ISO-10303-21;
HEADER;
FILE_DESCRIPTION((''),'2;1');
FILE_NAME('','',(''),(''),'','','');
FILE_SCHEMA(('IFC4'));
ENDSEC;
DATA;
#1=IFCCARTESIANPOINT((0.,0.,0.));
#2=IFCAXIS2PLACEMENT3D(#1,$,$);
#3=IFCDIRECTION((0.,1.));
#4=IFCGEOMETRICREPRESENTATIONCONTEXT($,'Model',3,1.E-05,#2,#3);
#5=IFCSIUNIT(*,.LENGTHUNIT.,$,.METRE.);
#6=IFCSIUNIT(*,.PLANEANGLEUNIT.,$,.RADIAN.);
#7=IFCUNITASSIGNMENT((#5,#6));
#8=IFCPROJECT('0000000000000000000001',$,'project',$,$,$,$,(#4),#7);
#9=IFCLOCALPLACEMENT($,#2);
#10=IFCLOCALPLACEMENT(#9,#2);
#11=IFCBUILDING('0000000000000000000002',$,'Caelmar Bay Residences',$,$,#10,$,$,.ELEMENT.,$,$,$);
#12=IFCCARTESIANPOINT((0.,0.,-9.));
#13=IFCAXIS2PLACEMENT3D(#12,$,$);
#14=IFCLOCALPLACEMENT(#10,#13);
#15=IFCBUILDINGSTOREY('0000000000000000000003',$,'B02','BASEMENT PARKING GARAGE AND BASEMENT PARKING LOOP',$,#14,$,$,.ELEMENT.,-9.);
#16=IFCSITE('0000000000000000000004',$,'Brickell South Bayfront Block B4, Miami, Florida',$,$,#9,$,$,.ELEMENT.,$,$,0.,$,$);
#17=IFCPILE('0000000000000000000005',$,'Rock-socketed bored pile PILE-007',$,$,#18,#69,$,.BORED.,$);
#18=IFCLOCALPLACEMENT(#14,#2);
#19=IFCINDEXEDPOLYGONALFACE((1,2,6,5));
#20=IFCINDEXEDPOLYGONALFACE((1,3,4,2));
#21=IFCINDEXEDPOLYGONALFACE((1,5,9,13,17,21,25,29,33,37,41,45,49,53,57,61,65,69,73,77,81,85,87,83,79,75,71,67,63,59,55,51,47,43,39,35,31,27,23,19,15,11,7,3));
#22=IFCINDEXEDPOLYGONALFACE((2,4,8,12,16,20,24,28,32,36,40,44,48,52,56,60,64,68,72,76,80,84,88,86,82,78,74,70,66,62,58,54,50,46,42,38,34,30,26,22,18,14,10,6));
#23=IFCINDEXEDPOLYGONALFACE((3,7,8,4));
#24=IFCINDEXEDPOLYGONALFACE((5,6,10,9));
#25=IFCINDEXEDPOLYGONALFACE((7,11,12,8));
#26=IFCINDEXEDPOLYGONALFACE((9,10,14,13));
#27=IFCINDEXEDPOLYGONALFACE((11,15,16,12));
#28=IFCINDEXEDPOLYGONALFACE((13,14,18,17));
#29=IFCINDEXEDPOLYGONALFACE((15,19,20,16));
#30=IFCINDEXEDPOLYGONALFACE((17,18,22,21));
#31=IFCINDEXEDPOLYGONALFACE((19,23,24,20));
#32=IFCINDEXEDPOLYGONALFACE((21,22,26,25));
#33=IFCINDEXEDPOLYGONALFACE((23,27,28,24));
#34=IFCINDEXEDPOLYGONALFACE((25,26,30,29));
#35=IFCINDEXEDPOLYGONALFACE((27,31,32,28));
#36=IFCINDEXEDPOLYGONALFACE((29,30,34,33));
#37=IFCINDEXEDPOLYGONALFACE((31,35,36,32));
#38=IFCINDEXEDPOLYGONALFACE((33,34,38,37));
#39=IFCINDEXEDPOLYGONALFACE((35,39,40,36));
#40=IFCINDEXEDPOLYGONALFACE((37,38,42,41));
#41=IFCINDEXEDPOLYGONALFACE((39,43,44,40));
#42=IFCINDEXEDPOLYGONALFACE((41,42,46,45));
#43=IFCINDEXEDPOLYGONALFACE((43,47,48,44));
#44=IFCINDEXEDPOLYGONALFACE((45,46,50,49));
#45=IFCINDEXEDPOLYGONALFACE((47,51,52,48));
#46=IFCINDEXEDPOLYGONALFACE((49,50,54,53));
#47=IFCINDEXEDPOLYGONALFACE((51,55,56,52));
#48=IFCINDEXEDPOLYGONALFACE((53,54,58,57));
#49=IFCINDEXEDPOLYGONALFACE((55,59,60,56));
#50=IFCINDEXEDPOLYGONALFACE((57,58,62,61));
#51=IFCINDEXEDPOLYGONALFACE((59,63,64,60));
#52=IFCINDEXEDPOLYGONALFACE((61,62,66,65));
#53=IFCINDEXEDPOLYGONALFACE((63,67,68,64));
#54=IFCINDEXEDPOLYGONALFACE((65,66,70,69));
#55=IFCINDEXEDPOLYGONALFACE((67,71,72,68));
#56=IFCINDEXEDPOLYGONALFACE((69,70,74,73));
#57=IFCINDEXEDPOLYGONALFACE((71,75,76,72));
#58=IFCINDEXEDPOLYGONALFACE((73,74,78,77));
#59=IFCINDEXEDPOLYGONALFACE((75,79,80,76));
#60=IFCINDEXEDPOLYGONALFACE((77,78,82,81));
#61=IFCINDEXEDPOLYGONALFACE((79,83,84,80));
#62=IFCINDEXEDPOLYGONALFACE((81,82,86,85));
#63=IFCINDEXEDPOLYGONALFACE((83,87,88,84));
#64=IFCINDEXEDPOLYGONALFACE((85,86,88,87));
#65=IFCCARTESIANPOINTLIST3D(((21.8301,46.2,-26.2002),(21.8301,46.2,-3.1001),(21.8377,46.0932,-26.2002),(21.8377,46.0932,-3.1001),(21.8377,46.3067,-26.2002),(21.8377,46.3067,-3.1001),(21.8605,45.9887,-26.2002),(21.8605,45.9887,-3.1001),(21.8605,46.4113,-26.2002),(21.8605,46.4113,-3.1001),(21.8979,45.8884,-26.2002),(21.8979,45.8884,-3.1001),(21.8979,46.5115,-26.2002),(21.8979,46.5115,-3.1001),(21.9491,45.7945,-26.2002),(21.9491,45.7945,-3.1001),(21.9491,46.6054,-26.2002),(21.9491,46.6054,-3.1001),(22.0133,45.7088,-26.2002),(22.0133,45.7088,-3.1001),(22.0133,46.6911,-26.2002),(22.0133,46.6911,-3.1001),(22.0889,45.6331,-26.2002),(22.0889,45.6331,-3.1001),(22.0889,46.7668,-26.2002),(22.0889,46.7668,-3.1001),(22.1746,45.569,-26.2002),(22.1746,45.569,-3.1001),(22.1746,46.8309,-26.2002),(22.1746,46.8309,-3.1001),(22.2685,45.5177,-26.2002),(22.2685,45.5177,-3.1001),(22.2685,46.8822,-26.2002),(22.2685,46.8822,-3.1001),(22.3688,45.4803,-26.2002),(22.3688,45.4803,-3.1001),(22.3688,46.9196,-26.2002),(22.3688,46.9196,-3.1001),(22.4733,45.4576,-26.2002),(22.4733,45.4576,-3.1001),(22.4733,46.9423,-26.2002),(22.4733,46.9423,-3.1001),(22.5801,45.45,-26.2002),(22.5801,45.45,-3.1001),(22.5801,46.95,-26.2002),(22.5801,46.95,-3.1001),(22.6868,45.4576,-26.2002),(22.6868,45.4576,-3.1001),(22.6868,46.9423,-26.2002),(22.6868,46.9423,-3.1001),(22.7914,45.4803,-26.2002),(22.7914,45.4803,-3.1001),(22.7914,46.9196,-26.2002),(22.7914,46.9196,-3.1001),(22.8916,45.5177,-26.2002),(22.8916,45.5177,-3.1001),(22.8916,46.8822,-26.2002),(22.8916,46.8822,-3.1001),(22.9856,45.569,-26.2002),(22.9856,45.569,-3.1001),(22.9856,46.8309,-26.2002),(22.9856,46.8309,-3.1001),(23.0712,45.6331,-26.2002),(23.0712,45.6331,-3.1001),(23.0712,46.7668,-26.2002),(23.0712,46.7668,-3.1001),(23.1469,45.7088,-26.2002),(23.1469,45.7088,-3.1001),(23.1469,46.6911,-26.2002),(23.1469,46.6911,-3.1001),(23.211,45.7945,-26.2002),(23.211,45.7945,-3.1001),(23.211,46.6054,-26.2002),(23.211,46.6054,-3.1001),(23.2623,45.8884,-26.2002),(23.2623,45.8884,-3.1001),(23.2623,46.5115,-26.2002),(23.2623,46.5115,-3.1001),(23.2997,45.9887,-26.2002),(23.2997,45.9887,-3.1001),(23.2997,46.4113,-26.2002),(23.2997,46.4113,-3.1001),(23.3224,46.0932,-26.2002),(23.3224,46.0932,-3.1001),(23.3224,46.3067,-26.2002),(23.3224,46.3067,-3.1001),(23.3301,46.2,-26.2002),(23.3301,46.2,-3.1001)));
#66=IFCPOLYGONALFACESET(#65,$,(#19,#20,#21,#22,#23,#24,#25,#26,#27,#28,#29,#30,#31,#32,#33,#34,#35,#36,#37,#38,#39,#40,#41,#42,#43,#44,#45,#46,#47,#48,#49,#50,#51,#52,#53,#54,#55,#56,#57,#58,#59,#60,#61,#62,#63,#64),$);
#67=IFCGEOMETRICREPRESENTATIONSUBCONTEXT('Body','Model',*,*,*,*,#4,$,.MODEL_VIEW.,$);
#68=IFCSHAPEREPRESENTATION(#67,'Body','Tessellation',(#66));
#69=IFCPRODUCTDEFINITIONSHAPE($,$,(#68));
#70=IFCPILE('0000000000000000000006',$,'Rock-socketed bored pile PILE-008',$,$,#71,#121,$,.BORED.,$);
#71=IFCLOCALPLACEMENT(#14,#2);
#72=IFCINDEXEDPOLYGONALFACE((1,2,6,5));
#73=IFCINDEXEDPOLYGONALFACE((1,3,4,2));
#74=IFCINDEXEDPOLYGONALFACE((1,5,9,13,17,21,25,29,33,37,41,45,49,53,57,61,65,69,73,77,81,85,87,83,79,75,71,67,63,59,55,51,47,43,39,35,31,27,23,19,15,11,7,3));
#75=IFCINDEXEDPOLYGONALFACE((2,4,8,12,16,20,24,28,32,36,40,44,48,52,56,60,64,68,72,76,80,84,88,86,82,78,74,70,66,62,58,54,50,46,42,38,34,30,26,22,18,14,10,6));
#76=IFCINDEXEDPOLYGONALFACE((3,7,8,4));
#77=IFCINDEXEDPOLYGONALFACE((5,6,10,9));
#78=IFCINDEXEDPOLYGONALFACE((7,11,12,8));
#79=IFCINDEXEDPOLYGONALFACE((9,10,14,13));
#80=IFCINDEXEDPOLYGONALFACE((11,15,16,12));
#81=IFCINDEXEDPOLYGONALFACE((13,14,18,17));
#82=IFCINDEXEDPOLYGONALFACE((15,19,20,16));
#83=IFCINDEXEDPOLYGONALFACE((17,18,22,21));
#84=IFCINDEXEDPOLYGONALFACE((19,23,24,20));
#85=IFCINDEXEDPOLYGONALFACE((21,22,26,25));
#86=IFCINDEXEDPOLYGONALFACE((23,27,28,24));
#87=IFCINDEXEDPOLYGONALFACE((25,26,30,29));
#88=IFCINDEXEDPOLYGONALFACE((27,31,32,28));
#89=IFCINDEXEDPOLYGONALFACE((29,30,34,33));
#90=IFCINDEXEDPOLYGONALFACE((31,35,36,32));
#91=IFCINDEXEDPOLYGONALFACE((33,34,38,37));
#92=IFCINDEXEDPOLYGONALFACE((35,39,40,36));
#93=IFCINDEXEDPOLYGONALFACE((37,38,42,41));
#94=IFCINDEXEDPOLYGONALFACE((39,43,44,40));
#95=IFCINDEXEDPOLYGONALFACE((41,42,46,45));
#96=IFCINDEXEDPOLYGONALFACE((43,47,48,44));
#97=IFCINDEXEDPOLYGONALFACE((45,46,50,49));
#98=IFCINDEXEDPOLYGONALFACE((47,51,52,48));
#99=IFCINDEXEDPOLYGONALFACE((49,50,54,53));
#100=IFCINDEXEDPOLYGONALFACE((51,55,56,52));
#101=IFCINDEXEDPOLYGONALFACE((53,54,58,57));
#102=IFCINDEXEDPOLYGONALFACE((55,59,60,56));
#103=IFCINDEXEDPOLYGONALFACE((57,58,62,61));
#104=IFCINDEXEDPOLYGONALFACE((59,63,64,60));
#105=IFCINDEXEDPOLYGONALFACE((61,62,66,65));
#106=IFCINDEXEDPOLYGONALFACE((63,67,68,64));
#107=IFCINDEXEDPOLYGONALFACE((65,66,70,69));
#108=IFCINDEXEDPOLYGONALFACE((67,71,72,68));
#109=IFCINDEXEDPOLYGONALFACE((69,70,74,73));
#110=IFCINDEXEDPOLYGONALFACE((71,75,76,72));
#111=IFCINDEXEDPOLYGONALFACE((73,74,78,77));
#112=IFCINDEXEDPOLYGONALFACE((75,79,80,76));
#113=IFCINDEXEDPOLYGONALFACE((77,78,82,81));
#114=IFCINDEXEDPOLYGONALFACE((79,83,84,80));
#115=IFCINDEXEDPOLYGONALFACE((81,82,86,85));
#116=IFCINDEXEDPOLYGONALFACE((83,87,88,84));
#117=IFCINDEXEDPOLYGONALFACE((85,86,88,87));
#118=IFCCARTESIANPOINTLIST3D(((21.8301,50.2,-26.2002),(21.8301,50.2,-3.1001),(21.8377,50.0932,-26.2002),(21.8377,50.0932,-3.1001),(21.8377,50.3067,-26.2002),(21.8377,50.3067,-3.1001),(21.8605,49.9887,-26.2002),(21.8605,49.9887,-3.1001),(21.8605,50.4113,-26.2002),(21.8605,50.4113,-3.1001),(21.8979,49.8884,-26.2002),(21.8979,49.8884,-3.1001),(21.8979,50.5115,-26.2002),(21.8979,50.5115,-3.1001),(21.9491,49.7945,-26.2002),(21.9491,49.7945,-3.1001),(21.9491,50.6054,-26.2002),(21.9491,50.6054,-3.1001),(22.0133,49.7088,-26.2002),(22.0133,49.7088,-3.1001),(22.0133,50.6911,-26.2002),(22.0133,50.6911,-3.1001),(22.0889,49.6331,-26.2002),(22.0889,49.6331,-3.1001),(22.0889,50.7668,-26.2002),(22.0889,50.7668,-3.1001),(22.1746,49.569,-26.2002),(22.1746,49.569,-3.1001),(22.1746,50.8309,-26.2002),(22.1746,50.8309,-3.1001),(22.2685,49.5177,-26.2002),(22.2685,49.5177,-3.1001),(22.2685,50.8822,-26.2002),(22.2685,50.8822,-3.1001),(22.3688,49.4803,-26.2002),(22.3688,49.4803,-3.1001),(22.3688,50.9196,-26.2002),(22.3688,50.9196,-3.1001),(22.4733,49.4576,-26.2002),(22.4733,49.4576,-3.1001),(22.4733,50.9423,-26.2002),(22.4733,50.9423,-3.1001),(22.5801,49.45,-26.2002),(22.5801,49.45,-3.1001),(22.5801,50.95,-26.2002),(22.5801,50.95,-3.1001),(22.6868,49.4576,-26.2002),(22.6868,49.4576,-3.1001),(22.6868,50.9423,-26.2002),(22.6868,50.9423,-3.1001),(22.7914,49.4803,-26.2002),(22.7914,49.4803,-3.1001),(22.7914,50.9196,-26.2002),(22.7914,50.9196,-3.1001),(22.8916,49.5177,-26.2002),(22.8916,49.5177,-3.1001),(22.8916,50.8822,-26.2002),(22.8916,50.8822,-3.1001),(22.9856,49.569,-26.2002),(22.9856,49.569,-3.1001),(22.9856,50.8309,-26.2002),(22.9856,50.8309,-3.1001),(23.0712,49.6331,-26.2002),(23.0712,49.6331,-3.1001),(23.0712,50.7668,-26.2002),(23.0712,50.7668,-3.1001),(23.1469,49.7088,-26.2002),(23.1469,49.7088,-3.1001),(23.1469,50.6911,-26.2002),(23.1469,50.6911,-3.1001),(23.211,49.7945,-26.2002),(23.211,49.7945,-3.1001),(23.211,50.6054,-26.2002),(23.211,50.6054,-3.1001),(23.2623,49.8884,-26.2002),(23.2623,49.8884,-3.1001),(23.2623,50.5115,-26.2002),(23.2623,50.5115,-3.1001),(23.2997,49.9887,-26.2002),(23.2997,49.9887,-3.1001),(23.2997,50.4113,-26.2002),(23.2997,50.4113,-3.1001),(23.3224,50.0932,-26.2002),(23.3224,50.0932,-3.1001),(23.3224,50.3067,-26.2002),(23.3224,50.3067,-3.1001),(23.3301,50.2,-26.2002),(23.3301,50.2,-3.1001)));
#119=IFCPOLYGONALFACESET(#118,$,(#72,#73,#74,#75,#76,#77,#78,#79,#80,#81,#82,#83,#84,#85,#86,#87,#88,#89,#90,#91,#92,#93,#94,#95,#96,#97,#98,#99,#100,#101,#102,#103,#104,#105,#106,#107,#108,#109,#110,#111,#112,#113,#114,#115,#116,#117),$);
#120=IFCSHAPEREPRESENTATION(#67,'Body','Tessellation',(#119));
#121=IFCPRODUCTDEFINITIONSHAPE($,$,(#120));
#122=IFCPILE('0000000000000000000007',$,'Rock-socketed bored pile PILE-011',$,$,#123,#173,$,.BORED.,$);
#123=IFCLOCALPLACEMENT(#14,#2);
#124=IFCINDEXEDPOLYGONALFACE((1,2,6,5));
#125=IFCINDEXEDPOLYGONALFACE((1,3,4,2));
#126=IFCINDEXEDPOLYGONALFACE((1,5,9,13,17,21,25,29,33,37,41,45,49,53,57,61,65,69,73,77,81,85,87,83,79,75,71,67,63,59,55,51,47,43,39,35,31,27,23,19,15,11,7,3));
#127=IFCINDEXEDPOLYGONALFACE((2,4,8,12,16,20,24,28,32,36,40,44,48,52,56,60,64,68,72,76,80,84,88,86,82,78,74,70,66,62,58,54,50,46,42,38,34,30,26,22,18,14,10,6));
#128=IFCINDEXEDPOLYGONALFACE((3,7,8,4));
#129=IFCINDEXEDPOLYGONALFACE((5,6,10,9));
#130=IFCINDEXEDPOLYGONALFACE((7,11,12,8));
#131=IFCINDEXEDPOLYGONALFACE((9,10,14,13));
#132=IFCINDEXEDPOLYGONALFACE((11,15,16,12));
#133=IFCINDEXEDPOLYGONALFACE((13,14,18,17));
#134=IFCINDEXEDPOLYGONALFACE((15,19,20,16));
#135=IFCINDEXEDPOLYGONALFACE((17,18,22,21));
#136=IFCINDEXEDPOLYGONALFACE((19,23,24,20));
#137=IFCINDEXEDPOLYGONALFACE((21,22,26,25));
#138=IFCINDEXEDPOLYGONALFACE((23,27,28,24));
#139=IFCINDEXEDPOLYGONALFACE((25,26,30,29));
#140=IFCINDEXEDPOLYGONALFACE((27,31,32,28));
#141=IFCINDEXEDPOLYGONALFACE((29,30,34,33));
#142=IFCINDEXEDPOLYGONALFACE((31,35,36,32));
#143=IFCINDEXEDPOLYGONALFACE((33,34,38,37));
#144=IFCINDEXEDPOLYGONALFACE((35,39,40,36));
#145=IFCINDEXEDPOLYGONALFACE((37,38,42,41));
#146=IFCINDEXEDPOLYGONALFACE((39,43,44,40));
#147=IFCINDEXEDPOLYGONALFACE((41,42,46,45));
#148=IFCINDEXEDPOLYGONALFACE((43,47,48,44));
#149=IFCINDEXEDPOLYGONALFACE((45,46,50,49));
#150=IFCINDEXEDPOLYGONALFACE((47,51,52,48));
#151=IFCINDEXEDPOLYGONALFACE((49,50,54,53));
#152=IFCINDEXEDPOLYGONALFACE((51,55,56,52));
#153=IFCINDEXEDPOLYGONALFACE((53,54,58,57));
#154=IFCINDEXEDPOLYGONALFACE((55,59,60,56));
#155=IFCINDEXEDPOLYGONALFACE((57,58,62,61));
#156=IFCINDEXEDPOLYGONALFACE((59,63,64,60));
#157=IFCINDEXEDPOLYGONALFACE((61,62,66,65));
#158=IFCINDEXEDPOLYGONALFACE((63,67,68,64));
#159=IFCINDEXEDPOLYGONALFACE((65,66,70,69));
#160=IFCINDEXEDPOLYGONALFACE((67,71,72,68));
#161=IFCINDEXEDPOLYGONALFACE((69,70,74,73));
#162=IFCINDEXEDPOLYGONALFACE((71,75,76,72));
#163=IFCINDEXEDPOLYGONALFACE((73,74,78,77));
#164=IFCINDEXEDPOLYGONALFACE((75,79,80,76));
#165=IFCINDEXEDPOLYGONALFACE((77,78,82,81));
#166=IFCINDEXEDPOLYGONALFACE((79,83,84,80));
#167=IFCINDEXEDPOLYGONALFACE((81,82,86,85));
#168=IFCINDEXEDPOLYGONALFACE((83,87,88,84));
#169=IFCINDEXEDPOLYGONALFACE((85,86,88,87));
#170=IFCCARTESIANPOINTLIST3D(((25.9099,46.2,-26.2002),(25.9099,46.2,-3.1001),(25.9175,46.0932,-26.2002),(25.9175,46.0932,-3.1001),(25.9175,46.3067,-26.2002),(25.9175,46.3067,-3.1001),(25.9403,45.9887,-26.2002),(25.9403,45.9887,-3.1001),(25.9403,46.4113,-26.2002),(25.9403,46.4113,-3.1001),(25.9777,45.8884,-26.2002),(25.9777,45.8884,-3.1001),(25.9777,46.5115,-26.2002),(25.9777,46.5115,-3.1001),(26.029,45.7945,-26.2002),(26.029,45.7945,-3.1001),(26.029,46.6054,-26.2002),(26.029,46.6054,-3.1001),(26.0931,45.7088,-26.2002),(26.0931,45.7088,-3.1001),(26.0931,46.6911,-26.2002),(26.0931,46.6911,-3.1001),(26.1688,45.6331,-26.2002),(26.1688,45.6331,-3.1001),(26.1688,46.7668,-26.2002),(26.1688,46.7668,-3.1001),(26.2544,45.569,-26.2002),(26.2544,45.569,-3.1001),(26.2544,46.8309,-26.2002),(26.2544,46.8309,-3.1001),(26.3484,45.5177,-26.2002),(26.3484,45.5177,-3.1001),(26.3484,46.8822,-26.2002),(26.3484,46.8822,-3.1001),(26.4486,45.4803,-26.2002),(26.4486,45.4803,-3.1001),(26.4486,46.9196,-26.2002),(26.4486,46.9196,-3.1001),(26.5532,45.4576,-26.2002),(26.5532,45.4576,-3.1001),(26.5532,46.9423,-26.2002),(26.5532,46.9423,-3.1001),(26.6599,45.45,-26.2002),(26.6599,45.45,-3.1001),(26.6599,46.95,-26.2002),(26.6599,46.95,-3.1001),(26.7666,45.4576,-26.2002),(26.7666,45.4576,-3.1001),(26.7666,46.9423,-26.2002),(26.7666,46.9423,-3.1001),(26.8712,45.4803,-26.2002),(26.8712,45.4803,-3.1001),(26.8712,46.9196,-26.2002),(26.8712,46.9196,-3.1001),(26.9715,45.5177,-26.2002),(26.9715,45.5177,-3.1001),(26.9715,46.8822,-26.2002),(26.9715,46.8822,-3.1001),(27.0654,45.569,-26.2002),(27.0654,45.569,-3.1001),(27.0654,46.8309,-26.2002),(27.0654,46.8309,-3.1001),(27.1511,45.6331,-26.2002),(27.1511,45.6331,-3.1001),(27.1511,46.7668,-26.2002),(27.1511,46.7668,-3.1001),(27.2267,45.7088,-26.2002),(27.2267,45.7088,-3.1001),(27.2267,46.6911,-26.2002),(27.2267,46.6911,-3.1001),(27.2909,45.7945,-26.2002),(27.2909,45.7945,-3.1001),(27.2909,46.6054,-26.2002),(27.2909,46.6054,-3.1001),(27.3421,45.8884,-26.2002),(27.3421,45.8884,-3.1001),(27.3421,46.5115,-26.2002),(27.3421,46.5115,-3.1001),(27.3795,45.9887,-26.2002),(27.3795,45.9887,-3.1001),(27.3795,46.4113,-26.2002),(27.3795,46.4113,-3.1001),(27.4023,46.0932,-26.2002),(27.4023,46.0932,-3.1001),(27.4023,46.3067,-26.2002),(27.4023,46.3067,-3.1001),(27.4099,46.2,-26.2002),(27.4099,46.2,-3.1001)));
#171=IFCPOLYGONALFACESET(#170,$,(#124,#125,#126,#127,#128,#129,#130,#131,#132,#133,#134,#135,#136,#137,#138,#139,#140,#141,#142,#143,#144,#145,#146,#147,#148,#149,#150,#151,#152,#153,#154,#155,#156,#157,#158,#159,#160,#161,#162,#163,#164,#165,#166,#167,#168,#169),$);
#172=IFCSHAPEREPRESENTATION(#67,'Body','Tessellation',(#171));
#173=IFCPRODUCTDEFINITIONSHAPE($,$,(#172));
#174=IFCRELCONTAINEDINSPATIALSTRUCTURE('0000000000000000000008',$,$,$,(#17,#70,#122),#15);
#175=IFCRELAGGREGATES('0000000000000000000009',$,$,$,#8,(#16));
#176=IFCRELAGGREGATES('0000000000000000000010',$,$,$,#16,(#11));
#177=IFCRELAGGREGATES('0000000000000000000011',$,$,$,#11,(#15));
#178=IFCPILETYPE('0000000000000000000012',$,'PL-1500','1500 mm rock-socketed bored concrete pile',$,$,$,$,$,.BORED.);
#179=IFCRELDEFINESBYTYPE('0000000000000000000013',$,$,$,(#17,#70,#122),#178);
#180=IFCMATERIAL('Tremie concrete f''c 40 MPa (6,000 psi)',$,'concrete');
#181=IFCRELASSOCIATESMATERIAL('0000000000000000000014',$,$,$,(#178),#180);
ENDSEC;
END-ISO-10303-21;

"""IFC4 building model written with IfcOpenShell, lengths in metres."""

from ifc_helpers import new_model, si_unit, direction, frame, origin, origin_2d, place, context, subcontext, project, spatial, circle, extrude, material, material_profile, profile_set, type_object, element, save


model = new_model("IFC4")

# Units and contexts
model_context = context("Model", 3, precision=1e-05, world=origin(), true_north=direction((0.0, 1.0)))
body_context = subcontext(model_context, "Body", "Model", "MODEL_VIEW")
ifc_project = project(units=[si_unit("LENGTHUNIT", "METRE"), si_unit("PLANEANGLEUNIT", "RADIAN")], contexts=[model_context])

# Site, building, storey
site_placement = place(None, origin())
site = spatial("IfcSite", under=ifc_project, at=site_placement, Name="Brickell South Bayfront Block B4, Miami, Florida", CompositionType="ELEMENT", RefElevation=0.0)
building_placement = place(site_placement, origin())
building = spatial("IfcBuilding", under=site, at=building_placement, Name="Caelmar Bay Residences", CompositionType="ELEMENT")
storey_placement = place(building_placement, frame((0.0, 0.0, -9.0)))
storey = spatial("IfcBuildingStorey", under=building, at=storey_placement, Name="B02", Description="BASEMENT PARKING GARAGE AND BASEMENT PARKING LOOP", CompositionType="ELEMENT", Elevation=-9.0)

# Piles
ifc_material_1 = material(Name="Tremie concrete f'c 40 MPa (6,000 psi)", Category="concrete")
ifc_material_profile = material_profile(ifc_material_1, circle(Radius=0.75, at=origin_2d()), Name="PILE-1500D")
ifc_profile_set = profile_set([ifc_material_profile], Name="Tremie concrete f'c 40 MPa (6,000 psi)")
pile_type = type_object("IfcPileType", Name="PL-1500", Description="1500 mm rock-socketed bored concrete pile", PredefinedType="BORED", material=ifc_profile_set)
for number, where, z_axis, x_axis, name in (
    (1, (22.5801, 46.2, -3.1001), (0.0, 0.0, -1.0), (1.0, 0.0, 0.0), "Rock-socketed bored pile PILE-007"),
    (2, (22.5801, 50.2, -3.1001), (0.0, 0.0, -1.0), (1.0, 0.0, 0.0), "Rock-socketed bored pile PILE-008"),
    (3, (26.6599, 46.2, -3.1001), (0.0, 0.0, -1.0), (1.0, 0.0, 0.0), "Rock-socketed bored pile PILE-011"),
):
    element("IfcPile", number, at=place(storey_placement, frame(where, z_axis=z_axis, x_axis=x_axis)), inside=storey, type_object=pile_type, Name=name, PredefinedType="BORED", context=body_context, shape_type="SweptSolid", body=[
        extrude(circle(Radius=0.75, at=origin_2d()), origin(), (0.0, 0.0, 1.0), 23.1001),
    ])

save(model, "model.ifc")
